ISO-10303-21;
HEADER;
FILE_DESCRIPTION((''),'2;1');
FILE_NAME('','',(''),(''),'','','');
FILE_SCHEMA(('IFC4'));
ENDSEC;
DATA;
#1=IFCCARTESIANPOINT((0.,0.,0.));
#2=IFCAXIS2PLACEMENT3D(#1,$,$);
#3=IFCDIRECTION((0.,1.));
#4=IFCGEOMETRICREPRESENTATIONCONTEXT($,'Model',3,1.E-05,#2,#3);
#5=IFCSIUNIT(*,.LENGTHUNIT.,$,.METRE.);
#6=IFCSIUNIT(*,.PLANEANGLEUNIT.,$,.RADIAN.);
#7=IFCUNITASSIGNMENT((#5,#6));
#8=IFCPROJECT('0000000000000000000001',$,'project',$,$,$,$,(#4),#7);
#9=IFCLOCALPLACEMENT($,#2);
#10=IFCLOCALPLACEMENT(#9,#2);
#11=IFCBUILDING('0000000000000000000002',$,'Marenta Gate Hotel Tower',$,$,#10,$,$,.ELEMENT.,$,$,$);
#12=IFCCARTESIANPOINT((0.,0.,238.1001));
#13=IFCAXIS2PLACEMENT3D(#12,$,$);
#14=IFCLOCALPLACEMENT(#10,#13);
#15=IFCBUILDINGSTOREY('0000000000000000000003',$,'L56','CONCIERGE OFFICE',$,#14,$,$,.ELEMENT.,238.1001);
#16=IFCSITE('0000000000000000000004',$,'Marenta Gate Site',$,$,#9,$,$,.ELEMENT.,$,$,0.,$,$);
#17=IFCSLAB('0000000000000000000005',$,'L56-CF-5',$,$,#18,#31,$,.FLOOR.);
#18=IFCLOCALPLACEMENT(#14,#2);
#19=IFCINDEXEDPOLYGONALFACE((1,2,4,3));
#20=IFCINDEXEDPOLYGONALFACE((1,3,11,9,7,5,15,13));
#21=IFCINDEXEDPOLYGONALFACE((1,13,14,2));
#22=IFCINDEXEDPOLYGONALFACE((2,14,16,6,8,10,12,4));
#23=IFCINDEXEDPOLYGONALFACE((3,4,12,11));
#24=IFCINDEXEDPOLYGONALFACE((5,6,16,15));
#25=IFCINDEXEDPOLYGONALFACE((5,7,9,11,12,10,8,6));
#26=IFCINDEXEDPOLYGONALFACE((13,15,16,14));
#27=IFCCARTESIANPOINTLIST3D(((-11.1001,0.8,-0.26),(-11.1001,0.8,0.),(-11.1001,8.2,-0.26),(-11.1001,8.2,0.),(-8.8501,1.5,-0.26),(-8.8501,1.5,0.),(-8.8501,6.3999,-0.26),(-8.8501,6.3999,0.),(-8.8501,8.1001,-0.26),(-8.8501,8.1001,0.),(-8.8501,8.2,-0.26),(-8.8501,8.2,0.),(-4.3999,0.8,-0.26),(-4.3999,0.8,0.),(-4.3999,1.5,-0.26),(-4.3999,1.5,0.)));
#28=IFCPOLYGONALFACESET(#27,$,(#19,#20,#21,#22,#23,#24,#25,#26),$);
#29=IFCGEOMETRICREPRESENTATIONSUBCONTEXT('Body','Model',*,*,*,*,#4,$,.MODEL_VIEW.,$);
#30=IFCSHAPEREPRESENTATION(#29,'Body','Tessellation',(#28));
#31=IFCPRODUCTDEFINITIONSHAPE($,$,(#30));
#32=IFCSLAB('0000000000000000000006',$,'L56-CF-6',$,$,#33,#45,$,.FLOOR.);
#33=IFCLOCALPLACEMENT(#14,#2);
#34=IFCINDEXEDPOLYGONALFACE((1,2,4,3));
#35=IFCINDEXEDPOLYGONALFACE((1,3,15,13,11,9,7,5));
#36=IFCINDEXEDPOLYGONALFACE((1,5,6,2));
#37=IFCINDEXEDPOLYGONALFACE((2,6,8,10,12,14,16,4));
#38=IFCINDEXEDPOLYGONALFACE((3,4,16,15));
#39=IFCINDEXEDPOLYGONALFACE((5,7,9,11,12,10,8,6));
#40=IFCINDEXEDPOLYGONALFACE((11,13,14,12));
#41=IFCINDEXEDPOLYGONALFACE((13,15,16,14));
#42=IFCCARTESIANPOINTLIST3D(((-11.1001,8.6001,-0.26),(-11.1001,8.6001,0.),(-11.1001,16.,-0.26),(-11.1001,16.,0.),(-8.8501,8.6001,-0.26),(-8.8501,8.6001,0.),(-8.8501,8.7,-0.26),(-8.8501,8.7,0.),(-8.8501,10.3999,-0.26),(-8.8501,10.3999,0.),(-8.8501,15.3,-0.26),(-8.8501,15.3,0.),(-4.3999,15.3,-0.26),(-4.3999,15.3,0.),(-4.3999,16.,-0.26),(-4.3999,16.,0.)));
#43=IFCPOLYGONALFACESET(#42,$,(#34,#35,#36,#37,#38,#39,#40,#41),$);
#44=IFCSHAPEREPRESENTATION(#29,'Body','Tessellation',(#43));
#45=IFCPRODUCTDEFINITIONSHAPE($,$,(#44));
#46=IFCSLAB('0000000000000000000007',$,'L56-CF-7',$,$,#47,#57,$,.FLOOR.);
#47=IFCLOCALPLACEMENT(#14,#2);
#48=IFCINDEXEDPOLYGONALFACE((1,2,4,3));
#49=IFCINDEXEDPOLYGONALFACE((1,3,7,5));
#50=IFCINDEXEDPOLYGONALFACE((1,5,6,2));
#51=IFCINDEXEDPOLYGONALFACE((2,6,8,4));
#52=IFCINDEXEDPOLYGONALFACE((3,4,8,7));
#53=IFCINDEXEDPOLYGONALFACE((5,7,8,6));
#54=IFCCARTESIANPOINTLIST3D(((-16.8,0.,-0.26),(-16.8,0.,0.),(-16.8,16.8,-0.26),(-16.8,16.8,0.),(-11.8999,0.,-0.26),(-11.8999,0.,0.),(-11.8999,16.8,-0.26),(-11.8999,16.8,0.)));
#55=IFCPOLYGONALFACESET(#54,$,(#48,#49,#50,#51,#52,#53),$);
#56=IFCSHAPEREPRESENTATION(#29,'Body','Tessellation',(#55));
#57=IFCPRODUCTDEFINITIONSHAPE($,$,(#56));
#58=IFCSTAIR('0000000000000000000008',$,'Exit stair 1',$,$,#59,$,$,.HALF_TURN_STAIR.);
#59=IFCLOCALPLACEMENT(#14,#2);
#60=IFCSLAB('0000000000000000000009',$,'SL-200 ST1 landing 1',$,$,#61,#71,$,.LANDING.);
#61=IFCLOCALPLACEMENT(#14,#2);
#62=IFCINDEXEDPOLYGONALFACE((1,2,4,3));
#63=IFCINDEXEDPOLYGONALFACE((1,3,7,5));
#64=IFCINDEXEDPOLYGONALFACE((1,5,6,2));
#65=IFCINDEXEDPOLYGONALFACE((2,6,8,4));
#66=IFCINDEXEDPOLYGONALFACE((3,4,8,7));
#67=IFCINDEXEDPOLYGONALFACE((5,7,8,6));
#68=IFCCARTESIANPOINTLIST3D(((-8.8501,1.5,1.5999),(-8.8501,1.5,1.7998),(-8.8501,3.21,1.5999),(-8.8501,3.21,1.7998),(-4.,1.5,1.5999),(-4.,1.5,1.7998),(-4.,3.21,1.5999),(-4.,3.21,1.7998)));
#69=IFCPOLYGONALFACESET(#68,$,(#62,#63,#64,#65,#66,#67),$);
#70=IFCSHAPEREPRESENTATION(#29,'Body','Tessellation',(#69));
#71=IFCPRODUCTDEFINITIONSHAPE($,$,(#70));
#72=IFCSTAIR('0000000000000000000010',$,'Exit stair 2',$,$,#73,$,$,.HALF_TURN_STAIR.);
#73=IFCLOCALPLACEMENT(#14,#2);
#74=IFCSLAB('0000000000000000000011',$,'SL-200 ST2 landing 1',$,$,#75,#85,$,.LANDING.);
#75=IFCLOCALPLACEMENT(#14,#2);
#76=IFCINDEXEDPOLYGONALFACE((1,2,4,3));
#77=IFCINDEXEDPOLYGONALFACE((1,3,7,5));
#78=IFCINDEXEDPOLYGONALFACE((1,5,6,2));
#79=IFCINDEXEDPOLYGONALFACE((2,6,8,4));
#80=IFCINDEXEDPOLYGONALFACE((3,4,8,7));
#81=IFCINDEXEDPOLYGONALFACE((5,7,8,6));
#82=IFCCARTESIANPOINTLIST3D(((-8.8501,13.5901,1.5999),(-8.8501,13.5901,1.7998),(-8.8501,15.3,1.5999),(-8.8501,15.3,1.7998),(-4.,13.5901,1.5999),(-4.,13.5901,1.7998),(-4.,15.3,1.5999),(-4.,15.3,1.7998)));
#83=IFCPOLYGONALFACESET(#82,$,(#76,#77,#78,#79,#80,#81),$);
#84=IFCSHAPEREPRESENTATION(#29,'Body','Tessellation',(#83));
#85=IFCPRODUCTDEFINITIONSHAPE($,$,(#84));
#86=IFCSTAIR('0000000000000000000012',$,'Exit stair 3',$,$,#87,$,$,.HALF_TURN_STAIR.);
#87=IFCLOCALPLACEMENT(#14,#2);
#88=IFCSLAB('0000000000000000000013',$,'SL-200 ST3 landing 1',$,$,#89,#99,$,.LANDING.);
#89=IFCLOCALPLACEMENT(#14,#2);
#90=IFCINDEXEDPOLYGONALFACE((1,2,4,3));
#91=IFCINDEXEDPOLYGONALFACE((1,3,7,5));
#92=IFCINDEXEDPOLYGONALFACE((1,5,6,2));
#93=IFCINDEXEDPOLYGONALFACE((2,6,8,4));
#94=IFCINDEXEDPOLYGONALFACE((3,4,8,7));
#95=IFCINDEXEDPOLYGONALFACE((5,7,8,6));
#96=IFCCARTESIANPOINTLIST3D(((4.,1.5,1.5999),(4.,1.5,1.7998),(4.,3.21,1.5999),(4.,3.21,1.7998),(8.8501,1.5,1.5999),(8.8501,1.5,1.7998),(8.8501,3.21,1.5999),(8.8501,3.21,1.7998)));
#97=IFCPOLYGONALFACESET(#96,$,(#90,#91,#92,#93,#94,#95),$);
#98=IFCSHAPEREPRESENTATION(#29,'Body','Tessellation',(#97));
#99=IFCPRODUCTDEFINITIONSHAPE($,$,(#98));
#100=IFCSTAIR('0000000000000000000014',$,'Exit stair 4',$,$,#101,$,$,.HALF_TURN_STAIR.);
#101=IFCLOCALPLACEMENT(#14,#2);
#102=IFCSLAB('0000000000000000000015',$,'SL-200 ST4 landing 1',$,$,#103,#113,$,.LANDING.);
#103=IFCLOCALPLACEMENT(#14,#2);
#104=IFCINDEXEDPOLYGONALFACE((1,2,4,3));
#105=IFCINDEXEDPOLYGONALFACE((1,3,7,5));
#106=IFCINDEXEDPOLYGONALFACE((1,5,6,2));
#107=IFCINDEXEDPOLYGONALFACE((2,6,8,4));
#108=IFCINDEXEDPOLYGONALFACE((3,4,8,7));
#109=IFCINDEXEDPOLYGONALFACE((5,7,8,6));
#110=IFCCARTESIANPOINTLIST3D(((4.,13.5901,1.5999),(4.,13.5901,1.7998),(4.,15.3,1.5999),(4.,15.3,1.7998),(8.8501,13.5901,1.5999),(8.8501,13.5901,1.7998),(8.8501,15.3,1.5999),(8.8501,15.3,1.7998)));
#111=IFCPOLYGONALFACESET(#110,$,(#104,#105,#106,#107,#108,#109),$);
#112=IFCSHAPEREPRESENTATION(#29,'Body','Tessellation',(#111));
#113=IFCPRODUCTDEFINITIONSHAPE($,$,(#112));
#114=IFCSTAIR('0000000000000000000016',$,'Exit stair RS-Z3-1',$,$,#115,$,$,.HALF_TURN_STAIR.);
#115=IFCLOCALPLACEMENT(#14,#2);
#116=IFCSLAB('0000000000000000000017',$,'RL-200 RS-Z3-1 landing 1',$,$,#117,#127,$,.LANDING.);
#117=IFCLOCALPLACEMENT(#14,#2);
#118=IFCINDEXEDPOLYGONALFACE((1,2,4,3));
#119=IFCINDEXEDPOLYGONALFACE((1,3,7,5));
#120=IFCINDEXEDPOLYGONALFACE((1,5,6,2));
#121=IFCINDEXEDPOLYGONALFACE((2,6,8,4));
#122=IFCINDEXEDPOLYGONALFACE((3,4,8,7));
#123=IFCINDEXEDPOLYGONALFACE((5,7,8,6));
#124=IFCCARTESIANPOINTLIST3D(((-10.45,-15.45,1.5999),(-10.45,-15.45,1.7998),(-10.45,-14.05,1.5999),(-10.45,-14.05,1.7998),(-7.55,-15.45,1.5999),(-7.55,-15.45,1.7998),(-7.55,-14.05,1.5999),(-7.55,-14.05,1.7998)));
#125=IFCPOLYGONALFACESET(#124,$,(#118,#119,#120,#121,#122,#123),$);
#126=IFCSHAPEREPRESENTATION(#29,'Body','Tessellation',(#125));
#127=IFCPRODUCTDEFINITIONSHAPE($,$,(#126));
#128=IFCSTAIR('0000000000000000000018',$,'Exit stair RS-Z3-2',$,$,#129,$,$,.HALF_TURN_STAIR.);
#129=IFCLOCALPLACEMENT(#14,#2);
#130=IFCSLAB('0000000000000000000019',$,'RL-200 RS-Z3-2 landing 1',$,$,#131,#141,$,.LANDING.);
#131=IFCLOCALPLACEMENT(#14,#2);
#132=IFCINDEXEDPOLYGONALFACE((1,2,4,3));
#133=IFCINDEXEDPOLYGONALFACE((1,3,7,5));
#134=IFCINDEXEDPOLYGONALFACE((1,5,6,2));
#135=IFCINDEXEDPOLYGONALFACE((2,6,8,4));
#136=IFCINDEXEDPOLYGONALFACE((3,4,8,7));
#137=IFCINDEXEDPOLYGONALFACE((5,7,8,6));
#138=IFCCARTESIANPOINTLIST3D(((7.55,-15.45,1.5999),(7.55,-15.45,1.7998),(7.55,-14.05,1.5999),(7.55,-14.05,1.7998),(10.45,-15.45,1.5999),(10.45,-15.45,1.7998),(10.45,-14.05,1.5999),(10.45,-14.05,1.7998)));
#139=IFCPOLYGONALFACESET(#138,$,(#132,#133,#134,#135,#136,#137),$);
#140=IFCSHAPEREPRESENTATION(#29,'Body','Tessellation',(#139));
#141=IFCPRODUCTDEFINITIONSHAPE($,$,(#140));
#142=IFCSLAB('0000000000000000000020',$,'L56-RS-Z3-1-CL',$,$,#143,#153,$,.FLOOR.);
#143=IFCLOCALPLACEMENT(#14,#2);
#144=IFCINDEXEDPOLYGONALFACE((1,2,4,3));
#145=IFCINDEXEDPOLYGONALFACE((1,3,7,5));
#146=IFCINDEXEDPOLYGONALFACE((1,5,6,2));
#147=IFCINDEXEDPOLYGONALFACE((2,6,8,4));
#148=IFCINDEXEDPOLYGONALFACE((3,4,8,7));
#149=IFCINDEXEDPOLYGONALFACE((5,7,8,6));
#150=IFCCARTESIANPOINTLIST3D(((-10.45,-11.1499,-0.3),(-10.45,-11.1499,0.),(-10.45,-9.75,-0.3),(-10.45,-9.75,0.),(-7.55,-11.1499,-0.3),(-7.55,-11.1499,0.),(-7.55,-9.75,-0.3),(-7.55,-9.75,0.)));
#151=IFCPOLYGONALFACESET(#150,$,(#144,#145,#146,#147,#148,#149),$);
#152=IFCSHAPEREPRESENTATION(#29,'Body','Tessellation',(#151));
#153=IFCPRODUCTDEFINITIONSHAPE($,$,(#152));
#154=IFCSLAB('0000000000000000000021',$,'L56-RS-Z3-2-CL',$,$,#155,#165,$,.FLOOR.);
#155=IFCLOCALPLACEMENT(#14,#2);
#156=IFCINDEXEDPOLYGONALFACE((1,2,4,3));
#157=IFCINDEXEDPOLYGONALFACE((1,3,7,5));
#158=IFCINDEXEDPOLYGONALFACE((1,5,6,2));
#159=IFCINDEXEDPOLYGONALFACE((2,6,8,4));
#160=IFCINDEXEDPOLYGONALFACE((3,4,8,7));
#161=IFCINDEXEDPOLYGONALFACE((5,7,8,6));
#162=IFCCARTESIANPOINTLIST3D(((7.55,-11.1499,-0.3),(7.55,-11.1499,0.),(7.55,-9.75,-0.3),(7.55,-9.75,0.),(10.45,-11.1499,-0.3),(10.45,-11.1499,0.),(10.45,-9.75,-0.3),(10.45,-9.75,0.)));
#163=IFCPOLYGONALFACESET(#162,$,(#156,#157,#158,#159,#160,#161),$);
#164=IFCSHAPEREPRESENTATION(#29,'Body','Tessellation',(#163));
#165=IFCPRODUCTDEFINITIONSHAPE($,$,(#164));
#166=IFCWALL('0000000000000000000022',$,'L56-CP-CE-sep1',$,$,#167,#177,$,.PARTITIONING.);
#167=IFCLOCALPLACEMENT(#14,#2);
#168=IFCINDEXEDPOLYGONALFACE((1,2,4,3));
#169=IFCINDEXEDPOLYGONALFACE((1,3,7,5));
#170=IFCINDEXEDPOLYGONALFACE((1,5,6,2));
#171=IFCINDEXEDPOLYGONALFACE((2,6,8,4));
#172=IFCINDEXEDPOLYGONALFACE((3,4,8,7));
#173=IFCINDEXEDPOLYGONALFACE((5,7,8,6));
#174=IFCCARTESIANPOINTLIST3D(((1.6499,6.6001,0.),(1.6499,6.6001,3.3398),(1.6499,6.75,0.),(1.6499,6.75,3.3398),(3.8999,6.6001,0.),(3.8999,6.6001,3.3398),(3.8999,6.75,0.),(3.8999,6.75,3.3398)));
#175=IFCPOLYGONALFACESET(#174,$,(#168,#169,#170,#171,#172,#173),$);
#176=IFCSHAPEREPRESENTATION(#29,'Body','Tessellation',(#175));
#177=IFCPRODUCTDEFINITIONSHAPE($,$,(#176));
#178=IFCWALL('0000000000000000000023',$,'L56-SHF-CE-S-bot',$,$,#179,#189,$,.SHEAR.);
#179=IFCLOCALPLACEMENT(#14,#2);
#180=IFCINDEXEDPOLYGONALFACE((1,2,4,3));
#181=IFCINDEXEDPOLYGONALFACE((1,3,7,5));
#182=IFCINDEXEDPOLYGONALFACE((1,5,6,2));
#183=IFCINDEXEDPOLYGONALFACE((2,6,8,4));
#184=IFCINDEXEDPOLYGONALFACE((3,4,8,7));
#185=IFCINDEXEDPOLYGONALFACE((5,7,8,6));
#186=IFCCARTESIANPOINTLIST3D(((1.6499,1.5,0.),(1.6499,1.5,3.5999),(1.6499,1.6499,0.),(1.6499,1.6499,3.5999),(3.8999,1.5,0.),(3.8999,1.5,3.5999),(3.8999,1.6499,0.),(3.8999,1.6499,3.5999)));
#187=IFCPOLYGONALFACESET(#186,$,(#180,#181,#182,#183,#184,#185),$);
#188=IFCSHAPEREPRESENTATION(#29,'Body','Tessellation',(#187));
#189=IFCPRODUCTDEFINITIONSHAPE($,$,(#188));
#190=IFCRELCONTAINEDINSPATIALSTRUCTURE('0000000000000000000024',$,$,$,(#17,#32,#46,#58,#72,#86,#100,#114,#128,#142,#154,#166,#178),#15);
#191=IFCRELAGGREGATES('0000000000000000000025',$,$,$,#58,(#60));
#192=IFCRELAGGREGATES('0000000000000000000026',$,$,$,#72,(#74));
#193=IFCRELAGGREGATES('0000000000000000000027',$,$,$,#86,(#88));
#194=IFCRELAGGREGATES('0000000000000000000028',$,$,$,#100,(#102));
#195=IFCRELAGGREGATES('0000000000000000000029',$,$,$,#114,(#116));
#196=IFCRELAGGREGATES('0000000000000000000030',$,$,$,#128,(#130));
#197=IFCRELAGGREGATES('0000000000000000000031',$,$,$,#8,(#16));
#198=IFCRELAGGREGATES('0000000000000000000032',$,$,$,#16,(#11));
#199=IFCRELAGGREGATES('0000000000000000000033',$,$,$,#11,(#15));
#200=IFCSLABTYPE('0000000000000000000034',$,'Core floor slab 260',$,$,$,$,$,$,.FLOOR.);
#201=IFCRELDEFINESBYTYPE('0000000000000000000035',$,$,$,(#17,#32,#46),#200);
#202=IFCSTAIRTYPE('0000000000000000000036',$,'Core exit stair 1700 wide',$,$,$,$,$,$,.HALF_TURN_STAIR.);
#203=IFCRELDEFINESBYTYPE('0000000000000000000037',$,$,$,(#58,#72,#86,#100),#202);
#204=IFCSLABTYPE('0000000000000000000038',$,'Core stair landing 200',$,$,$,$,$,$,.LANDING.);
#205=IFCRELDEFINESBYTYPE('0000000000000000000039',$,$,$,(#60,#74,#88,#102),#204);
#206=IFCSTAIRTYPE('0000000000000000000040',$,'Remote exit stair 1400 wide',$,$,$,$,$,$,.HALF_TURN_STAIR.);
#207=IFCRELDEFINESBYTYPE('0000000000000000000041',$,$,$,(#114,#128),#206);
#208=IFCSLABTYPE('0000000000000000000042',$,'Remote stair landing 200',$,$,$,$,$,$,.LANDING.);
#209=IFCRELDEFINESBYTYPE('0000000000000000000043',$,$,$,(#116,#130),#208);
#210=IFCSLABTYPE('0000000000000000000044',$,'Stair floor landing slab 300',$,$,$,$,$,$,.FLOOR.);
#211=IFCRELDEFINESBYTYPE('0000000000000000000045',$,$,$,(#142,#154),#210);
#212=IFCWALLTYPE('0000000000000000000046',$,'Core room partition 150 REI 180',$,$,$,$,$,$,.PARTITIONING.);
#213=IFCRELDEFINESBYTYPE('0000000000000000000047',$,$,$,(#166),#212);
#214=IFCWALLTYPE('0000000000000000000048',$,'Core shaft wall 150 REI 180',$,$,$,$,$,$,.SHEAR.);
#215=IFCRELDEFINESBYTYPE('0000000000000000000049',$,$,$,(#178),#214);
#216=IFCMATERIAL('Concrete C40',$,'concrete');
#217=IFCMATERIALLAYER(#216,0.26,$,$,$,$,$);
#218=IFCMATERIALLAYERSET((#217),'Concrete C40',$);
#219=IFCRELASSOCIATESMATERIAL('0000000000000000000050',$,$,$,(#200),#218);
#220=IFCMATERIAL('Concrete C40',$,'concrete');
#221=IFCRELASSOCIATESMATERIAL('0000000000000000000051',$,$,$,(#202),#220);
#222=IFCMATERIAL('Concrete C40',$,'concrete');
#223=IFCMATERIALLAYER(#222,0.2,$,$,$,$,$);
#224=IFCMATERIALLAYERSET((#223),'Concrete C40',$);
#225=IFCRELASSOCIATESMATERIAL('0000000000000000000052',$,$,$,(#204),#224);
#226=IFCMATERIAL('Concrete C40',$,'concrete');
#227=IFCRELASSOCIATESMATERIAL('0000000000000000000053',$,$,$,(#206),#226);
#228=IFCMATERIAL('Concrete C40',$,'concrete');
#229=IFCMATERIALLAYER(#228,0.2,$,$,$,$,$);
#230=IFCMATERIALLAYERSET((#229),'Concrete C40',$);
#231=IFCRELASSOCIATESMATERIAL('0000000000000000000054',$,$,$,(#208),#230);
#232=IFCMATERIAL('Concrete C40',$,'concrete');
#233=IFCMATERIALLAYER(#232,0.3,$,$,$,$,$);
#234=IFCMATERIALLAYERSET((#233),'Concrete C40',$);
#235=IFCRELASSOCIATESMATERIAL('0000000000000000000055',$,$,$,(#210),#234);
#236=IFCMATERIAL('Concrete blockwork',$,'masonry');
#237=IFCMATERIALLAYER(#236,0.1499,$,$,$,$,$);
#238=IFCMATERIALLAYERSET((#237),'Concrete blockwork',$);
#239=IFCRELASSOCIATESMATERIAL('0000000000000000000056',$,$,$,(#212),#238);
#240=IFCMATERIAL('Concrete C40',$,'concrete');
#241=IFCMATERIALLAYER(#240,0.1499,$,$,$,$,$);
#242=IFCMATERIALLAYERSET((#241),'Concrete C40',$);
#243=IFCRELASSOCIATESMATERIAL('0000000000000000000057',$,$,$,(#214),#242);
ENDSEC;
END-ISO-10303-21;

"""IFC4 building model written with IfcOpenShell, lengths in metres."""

from ifc_helpers import new_model, si_unit, direction, frame, frame_2d, origin, place, context, subcontext, project, spatial, polyline, rectangle, outline, extrude, material, layer, layer_set, type_object, element, aggregate, save


model = new_model("IFC4")

# Units and contexts
model_context = context("Model", 3, precision=1e-05, world=origin(), true_north=direction((0.0, 1.0)))
body_context = subcontext(model_context, "Body", "Model", "MODEL_VIEW")
ifc_project = project(units=[si_unit("LENGTHUNIT", "METRE"), si_unit("PLANEANGLEUNIT", "RADIAN")], contexts=[model_context])

# Site, building, storey
site_placement = place(None, origin())
site = spatial("IfcSite", under=ifc_project, at=site_placement, Name="Marenta Gate Site", CompositionType="ELEMENT", RefElevation=0.0)
building_placement = place(site_placement, origin())
building = spatial("IfcBuilding", under=site, at=building_placement, Name="Marenta Gate Hotel Tower", CompositionType="ELEMENT")
storey_placement = place(building_placement, frame((0.0, 0.0, 238.1001)))
storey = spatial("IfcBuildingStorey", under=building, at=storey_placement, Name="L56", Description="CONCIERGE OFFICE", CompositionType="ELEMENT", Elevation=238.1001)

# Slabs
ifc_material_1 = material(Name="Concrete C40", Category="concrete")
ifc_layer_1 = layer(ifc_material_1, 0.26)
ifc_layer_set_1 = layer_set([ifc_layer_1], Name="Concrete C40")
slab_type_1 = type_object("IfcSlabType", Name="Core floor slab 260", PredefinedType="FLOOR", material=ifc_layer_set_1)
slab_1_placement = place(storey_placement, frame((0.0, 0.0, -0.26)))
element("IfcSlab", 1, at=slab_1_placement, inside=storey, type_object=slab_type_1, Name="L56-CF-5", PredefinedType="FLOOR", context=body_context, shape_type="SweptSolid", body=[
    extrude(outline(polyline([(-8.8501, 8.2), (-8.8501, 8.1001), (-8.8501, 6.3999), (-8.8501, 1.5), (-4.3999, 1.5), (-4.3999, 0.8), (-11.1001, 0.8), (-11.1001, 8.2), (-8.8501, 8.2)])), origin(), (0.0, 0.0, 1.0), 0.26),
])
slab_2_placement = place(storey_placement, frame((0.0, 0.0, -0.26)))
element("IfcSlab", 2, at=slab_2_placement, inside=storey, type_object=slab_type_1, Name="L56-CF-6", PredefinedType="FLOOR", context=body_context, shape_type="SweptSolid", body=[
    extrude(outline(polyline([(-4.3999, 15.3), (-8.8501, 15.3), (-8.8501, 10.3999), (-8.8501, 8.7), (-8.8501, 8.6001), (-11.1001, 8.6001), (-11.1001, 16.0), (-4.3999, 16.0), (-4.3999, 15.3)])), origin(), (0.0, 0.0, 1.0), 0.26),
])
slab_3_placement = place(storey_placement, frame((0.0, 0.0, -0.26)))
element("IfcSlab", 3, at=slab_3_placement, inside=storey, type_object=slab_type_1, Name="L56-CF-7", PredefinedType="FLOOR", context=body_context, shape_type="SweptSolid", body=[
    extrude(outline(polyline([(-11.8999, 16.8), (-11.8999, 0.0), (-16.8, 0.0), (-16.8, 16.8), (-11.8999, 16.8)])), origin(), (0.0, 0.0, 1.0), 0.26),
])

# Stairs, slabs
ifc_material_2 = material(Name="Concrete C40", Category="concrete")
stair_type_1 = type_object("IfcStairType", Name="Core exit stair 1700 wide", PredefinedType="HALF_TURN_STAIR", material=ifc_material_2)
stair_1_placement = place(storey_placement, origin())
stair_1 = element("IfcStair", 4, at=stair_1_placement, inside=storey, type_object=stair_type_1, Name="Exit stair 1", PredefinedType="HALF_TURN_STAIR")
ifc_material_3 = material(Name="Concrete C40", Category="concrete")
ifc_layer_2 = layer(ifc_material_3, 0.2)
ifc_layer_set_2 = layer_set([ifc_layer_2], Name="Concrete C40")
slab_type_2 = type_object("IfcSlabType", Name="Core stair landing 200", PredefinedType="LANDING", material=ifc_layer_set_2)
slab_4_placement = place(storey_placement, frame((0.0, 0.0, 1.5999)))
slab_4 = element("IfcSlab", 5, at=slab_4_placement, type_object=slab_type_2, Name="SL-200 ST1 landing 1", PredefinedType="LANDING", context=body_context, shape_type="SweptSolid", body=[
    extrude(outline(polyline([(-8.8501, 1.5), (-4.0, 1.5), (-4.0, 3.21), (-8.8501, 3.21), (-8.8501, 1.5)])), origin(), (0.0, 0.0, 1.0), 0.2),
])
aggregate(stair_1, [slab_4])
stair_2_placement = place(storey_placement, origin())
stair_2 = element("IfcStair", 6, at=stair_2_placement, inside=storey, type_object=stair_type_1, Name="Exit stair 2", PredefinedType="HALF_TURN_STAIR")
slab_5_placement = place(storey_placement, frame((0.0, 0.0, 1.5999)))
slab_5 = element("IfcSlab", 7, at=slab_5_placement, type_object=slab_type_2, Name="SL-200 ST2 landing 1", PredefinedType="LANDING", context=body_context, shape_type="SweptSolid", body=[
    extrude(outline(polyline([(-8.8501, 13.5901), (-4.0, 13.5901), (-4.0, 15.3), (-8.8501, 15.3), (-8.8501, 13.5901)])), origin(), (0.0, 0.0, 1.0), 0.2),
])
aggregate(stair_2, [slab_5])
stair_3_placement = place(storey_placement, origin())
stair_3 = element("IfcStair", 8, at=stair_3_placement, inside=storey, type_object=stair_type_1, Name="Exit stair 3", PredefinedType="HALF_TURN_STAIR")
slab_6_placement = place(storey_placement, frame((0.0, 0.0, 1.5999)))
slab_6 = element("IfcSlab", 9, at=slab_6_placement, type_object=slab_type_2, Name="SL-200 ST3 landing 1", PredefinedType="LANDING", context=body_context, shape_type="SweptSolid", body=[
    extrude(outline(polyline([(4.0, 1.5), (8.8501, 1.5), (8.8501, 3.21), (4.0, 3.21), (4.0, 1.5)])), origin(), (0.0, 0.0, 1.0), 0.2),
])
aggregate(stair_3, [slab_6])
stair_4_placement = place(storey_placement, origin())
stair_4 = element("IfcStair", 10, at=stair_4_placement, inside=storey, type_object=stair_type_1, Name="Exit stair 4", PredefinedType="HALF_TURN_STAIR")
slab_7_placement = place(storey_placement, frame((0.0, 0.0, 1.5999)))
slab_7 = element("IfcSlab", 11, at=slab_7_placement, type_object=slab_type_2, Name="SL-200 ST4 landing 1", PredefinedType="LANDING", context=body_context, shape_type="SweptSolid", body=[
    extrude(outline(polyline([(4.0, 13.5901), (8.8501, 13.5901), (8.8501, 15.3), (4.0, 15.3), (4.0, 13.5901)])), origin(), (0.0, 0.0, 1.0), 0.2),
])
aggregate(stair_4, [slab_7])
ifc_material_4 = material(Name="Concrete C40", Category="concrete")
stair_type_2 = type_object("IfcStairType", Name="Remote exit stair 1400 wide", PredefinedType="HALF_TURN_STAIR", material=ifc_material_4)
stair_5_placement = place(storey_placement, origin())
stair_5 = element("IfcStair", 12, at=stair_5_placement, inside=storey, type_object=stair_type_2, Name="Exit stair RS-Z3-1", PredefinedType="HALF_TURN_STAIR")
ifc_material_5 = material(Name="Concrete C40", Category="concrete")
ifc_layer_3 = layer(ifc_material_5, 0.2)
ifc_layer_set_3 = layer_set([ifc_layer_3], Name="Concrete C40")
slab_type_3 = type_object("IfcSlabType", Name="Remote stair landing 200", PredefinedType="LANDING", material=ifc_layer_set_3)
slab_8_placement = place(storey_placement, frame((0.0, 0.0, 1.5999)))
slab_8 = element("IfcSlab", 13, at=slab_8_placement, type_object=slab_type_3, Name="RL-200 RS-Z3-1 landing 1", PredefinedType="LANDING", context=body_context, shape_type="SweptSolid", body=[
    extrude(outline(polyline([(-10.45, -15.45), (-7.55, -15.45), (-7.55, -14.05), (-10.45, -14.05), (-10.45, -15.45)])), origin(), (0.0, 0.0, 1.0), 0.2),
])
aggregate(stair_5, [slab_8])
stair_6_placement = place(storey_placement, origin())
stair_6 = element("IfcStair", 14, at=stair_6_placement, inside=storey, type_object=stair_type_2, Name="Exit stair RS-Z3-2", PredefinedType="HALF_TURN_STAIR")
slab_9_placement = place(storey_placement, frame((0.0, 0.0, 1.5999)))
slab_9 = element("IfcSlab", 15, at=slab_9_placement, type_object=slab_type_3, Name="RL-200 RS-Z3-2 landing 1", PredefinedType="LANDING", context=body_context, shape_type="SweptSolid", body=[
    extrude(outline(polyline([(7.55, -15.45), (10.45, -15.45), (10.45, -14.05), (7.55, -14.05), (7.55, -15.45)])), origin(), (0.0, 0.0, 1.0), 0.2),
])
aggregate(stair_6, [slab_9])

# Slabs
ifc_material_6 = material(Name="Concrete C40", Category="concrete")
ifc_layer_4 = layer(ifc_material_6, 0.3)
ifc_layer_set_4 = layer_set([ifc_layer_4], Name="Concrete C40")
slab_type_4 = type_object("IfcSlabType", Name="Stair floor landing slab 300", PredefinedType="FLOOR", material=ifc_layer_set_4)
slab_10_placement = place(storey_placement, frame((0.0, 0.0, -0.3)))
element("IfcSlab", 16, at=slab_10_placement, inside=storey, type_object=slab_type_4, Name="L56-RS-Z3-1-CL", PredefinedType="FLOOR", context=body_context, shape_type="SweptSolid", body=[
    extrude(outline(polyline([(-7.55, -11.1499), (-7.55, -9.75), (-10.45, -9.75), (-10.45, -11.1499), (-7.55, -11.1499)])), origin(), (0.0, 0.0, 1.0), 0.3),
])
slab_11_placement = place(storey_placement, frame((0.0, 0.0, -0.3)))
element("IfcSlab", 17, at=slab_11_placement, inside=storey, type_object=slab_type_4, Name="L56-RS-Z3-2-CL", PredefinedType="FLOOR", context=body_context, shape_type="SweptSolid", body=[
    extrude(outline(polyline([(10.45, -11.1499), (10.45, -9.75), (7.55, -9.75), (7.55, -11.1499), (10.45, -11.1499)])), origin(), (0.0, 0.0, 1.0), 0.3),
])

# Walls
ifc_material_7 = material(Name="Concrete blockwork", Category="masonry")
ifc_layer_5 = layer(ifc_material_7, 0.1499)
ifc_layer_set_5 = layer_set([ifc_layer_5], Name="Concrete blockwork")
wall_type_1 = type_object("IfcWallType", Name="Core room partition 150 REI 180", PredefinedType="PARTITIONING", material=ifc_layer_set_5)
wall_1_placement = place(storey_placement, frame((1.6499, 6.675, 0.0), z_axis=(0.0, 0.0, 1.0), x_axis=(1.0, 0.0, 0.0)))
element("IfcWall", 18, at=wall_1_placement, inside=storey, type_object=wall_type_1, Name="L56-CP-CE-sep1", PredefinedType="PARTITIONING", context=body_context, shape_type="SweptSolid", body=[
    extrude(rectangle(XDim=2.25, YDim=0.1499, at=frame_2d((1.125, 0.0))), origin(), (0.0, 0.0, 1.0), 3.3398),
])
ifc_material_8 = material(Name="Concrete C40", Category="concrete")
ifc_layer_6 = layer(ifc_material_8, 0.1499)
ifc_layer_set_6 = layer_set([ifc_layer_6], Name="Concrete C40")
wall_type_2 = type_object("IfcWallType", Name="Core shaft wall 150 REI 180", PredefinedType="SHEAR", material=ifc_layer_set_6)
wall_2_placement = place(storey_placement, frame((1.6499, 1.575, 0.0), z_axis=(0.0, 0.0, 1.0), x_axis=(1.0, 0.0, 0.0)))
element("IfcWall", 19, at=wall_2_placement, inside=storey, type_object=wall_type_2, Name="L56-SHF-CE-S-bot", PredefinedType="SHEAR", context=body_context, shape_type="SweptSolid", body=[
    extrude(rectangle(XDim=2.25, YDim=0.1499, at=frame_2d((1.125, 0.0))), origin(), (0.0, 0.0, 1.0), 3.5999),
])

save(model, "model.ifc")
